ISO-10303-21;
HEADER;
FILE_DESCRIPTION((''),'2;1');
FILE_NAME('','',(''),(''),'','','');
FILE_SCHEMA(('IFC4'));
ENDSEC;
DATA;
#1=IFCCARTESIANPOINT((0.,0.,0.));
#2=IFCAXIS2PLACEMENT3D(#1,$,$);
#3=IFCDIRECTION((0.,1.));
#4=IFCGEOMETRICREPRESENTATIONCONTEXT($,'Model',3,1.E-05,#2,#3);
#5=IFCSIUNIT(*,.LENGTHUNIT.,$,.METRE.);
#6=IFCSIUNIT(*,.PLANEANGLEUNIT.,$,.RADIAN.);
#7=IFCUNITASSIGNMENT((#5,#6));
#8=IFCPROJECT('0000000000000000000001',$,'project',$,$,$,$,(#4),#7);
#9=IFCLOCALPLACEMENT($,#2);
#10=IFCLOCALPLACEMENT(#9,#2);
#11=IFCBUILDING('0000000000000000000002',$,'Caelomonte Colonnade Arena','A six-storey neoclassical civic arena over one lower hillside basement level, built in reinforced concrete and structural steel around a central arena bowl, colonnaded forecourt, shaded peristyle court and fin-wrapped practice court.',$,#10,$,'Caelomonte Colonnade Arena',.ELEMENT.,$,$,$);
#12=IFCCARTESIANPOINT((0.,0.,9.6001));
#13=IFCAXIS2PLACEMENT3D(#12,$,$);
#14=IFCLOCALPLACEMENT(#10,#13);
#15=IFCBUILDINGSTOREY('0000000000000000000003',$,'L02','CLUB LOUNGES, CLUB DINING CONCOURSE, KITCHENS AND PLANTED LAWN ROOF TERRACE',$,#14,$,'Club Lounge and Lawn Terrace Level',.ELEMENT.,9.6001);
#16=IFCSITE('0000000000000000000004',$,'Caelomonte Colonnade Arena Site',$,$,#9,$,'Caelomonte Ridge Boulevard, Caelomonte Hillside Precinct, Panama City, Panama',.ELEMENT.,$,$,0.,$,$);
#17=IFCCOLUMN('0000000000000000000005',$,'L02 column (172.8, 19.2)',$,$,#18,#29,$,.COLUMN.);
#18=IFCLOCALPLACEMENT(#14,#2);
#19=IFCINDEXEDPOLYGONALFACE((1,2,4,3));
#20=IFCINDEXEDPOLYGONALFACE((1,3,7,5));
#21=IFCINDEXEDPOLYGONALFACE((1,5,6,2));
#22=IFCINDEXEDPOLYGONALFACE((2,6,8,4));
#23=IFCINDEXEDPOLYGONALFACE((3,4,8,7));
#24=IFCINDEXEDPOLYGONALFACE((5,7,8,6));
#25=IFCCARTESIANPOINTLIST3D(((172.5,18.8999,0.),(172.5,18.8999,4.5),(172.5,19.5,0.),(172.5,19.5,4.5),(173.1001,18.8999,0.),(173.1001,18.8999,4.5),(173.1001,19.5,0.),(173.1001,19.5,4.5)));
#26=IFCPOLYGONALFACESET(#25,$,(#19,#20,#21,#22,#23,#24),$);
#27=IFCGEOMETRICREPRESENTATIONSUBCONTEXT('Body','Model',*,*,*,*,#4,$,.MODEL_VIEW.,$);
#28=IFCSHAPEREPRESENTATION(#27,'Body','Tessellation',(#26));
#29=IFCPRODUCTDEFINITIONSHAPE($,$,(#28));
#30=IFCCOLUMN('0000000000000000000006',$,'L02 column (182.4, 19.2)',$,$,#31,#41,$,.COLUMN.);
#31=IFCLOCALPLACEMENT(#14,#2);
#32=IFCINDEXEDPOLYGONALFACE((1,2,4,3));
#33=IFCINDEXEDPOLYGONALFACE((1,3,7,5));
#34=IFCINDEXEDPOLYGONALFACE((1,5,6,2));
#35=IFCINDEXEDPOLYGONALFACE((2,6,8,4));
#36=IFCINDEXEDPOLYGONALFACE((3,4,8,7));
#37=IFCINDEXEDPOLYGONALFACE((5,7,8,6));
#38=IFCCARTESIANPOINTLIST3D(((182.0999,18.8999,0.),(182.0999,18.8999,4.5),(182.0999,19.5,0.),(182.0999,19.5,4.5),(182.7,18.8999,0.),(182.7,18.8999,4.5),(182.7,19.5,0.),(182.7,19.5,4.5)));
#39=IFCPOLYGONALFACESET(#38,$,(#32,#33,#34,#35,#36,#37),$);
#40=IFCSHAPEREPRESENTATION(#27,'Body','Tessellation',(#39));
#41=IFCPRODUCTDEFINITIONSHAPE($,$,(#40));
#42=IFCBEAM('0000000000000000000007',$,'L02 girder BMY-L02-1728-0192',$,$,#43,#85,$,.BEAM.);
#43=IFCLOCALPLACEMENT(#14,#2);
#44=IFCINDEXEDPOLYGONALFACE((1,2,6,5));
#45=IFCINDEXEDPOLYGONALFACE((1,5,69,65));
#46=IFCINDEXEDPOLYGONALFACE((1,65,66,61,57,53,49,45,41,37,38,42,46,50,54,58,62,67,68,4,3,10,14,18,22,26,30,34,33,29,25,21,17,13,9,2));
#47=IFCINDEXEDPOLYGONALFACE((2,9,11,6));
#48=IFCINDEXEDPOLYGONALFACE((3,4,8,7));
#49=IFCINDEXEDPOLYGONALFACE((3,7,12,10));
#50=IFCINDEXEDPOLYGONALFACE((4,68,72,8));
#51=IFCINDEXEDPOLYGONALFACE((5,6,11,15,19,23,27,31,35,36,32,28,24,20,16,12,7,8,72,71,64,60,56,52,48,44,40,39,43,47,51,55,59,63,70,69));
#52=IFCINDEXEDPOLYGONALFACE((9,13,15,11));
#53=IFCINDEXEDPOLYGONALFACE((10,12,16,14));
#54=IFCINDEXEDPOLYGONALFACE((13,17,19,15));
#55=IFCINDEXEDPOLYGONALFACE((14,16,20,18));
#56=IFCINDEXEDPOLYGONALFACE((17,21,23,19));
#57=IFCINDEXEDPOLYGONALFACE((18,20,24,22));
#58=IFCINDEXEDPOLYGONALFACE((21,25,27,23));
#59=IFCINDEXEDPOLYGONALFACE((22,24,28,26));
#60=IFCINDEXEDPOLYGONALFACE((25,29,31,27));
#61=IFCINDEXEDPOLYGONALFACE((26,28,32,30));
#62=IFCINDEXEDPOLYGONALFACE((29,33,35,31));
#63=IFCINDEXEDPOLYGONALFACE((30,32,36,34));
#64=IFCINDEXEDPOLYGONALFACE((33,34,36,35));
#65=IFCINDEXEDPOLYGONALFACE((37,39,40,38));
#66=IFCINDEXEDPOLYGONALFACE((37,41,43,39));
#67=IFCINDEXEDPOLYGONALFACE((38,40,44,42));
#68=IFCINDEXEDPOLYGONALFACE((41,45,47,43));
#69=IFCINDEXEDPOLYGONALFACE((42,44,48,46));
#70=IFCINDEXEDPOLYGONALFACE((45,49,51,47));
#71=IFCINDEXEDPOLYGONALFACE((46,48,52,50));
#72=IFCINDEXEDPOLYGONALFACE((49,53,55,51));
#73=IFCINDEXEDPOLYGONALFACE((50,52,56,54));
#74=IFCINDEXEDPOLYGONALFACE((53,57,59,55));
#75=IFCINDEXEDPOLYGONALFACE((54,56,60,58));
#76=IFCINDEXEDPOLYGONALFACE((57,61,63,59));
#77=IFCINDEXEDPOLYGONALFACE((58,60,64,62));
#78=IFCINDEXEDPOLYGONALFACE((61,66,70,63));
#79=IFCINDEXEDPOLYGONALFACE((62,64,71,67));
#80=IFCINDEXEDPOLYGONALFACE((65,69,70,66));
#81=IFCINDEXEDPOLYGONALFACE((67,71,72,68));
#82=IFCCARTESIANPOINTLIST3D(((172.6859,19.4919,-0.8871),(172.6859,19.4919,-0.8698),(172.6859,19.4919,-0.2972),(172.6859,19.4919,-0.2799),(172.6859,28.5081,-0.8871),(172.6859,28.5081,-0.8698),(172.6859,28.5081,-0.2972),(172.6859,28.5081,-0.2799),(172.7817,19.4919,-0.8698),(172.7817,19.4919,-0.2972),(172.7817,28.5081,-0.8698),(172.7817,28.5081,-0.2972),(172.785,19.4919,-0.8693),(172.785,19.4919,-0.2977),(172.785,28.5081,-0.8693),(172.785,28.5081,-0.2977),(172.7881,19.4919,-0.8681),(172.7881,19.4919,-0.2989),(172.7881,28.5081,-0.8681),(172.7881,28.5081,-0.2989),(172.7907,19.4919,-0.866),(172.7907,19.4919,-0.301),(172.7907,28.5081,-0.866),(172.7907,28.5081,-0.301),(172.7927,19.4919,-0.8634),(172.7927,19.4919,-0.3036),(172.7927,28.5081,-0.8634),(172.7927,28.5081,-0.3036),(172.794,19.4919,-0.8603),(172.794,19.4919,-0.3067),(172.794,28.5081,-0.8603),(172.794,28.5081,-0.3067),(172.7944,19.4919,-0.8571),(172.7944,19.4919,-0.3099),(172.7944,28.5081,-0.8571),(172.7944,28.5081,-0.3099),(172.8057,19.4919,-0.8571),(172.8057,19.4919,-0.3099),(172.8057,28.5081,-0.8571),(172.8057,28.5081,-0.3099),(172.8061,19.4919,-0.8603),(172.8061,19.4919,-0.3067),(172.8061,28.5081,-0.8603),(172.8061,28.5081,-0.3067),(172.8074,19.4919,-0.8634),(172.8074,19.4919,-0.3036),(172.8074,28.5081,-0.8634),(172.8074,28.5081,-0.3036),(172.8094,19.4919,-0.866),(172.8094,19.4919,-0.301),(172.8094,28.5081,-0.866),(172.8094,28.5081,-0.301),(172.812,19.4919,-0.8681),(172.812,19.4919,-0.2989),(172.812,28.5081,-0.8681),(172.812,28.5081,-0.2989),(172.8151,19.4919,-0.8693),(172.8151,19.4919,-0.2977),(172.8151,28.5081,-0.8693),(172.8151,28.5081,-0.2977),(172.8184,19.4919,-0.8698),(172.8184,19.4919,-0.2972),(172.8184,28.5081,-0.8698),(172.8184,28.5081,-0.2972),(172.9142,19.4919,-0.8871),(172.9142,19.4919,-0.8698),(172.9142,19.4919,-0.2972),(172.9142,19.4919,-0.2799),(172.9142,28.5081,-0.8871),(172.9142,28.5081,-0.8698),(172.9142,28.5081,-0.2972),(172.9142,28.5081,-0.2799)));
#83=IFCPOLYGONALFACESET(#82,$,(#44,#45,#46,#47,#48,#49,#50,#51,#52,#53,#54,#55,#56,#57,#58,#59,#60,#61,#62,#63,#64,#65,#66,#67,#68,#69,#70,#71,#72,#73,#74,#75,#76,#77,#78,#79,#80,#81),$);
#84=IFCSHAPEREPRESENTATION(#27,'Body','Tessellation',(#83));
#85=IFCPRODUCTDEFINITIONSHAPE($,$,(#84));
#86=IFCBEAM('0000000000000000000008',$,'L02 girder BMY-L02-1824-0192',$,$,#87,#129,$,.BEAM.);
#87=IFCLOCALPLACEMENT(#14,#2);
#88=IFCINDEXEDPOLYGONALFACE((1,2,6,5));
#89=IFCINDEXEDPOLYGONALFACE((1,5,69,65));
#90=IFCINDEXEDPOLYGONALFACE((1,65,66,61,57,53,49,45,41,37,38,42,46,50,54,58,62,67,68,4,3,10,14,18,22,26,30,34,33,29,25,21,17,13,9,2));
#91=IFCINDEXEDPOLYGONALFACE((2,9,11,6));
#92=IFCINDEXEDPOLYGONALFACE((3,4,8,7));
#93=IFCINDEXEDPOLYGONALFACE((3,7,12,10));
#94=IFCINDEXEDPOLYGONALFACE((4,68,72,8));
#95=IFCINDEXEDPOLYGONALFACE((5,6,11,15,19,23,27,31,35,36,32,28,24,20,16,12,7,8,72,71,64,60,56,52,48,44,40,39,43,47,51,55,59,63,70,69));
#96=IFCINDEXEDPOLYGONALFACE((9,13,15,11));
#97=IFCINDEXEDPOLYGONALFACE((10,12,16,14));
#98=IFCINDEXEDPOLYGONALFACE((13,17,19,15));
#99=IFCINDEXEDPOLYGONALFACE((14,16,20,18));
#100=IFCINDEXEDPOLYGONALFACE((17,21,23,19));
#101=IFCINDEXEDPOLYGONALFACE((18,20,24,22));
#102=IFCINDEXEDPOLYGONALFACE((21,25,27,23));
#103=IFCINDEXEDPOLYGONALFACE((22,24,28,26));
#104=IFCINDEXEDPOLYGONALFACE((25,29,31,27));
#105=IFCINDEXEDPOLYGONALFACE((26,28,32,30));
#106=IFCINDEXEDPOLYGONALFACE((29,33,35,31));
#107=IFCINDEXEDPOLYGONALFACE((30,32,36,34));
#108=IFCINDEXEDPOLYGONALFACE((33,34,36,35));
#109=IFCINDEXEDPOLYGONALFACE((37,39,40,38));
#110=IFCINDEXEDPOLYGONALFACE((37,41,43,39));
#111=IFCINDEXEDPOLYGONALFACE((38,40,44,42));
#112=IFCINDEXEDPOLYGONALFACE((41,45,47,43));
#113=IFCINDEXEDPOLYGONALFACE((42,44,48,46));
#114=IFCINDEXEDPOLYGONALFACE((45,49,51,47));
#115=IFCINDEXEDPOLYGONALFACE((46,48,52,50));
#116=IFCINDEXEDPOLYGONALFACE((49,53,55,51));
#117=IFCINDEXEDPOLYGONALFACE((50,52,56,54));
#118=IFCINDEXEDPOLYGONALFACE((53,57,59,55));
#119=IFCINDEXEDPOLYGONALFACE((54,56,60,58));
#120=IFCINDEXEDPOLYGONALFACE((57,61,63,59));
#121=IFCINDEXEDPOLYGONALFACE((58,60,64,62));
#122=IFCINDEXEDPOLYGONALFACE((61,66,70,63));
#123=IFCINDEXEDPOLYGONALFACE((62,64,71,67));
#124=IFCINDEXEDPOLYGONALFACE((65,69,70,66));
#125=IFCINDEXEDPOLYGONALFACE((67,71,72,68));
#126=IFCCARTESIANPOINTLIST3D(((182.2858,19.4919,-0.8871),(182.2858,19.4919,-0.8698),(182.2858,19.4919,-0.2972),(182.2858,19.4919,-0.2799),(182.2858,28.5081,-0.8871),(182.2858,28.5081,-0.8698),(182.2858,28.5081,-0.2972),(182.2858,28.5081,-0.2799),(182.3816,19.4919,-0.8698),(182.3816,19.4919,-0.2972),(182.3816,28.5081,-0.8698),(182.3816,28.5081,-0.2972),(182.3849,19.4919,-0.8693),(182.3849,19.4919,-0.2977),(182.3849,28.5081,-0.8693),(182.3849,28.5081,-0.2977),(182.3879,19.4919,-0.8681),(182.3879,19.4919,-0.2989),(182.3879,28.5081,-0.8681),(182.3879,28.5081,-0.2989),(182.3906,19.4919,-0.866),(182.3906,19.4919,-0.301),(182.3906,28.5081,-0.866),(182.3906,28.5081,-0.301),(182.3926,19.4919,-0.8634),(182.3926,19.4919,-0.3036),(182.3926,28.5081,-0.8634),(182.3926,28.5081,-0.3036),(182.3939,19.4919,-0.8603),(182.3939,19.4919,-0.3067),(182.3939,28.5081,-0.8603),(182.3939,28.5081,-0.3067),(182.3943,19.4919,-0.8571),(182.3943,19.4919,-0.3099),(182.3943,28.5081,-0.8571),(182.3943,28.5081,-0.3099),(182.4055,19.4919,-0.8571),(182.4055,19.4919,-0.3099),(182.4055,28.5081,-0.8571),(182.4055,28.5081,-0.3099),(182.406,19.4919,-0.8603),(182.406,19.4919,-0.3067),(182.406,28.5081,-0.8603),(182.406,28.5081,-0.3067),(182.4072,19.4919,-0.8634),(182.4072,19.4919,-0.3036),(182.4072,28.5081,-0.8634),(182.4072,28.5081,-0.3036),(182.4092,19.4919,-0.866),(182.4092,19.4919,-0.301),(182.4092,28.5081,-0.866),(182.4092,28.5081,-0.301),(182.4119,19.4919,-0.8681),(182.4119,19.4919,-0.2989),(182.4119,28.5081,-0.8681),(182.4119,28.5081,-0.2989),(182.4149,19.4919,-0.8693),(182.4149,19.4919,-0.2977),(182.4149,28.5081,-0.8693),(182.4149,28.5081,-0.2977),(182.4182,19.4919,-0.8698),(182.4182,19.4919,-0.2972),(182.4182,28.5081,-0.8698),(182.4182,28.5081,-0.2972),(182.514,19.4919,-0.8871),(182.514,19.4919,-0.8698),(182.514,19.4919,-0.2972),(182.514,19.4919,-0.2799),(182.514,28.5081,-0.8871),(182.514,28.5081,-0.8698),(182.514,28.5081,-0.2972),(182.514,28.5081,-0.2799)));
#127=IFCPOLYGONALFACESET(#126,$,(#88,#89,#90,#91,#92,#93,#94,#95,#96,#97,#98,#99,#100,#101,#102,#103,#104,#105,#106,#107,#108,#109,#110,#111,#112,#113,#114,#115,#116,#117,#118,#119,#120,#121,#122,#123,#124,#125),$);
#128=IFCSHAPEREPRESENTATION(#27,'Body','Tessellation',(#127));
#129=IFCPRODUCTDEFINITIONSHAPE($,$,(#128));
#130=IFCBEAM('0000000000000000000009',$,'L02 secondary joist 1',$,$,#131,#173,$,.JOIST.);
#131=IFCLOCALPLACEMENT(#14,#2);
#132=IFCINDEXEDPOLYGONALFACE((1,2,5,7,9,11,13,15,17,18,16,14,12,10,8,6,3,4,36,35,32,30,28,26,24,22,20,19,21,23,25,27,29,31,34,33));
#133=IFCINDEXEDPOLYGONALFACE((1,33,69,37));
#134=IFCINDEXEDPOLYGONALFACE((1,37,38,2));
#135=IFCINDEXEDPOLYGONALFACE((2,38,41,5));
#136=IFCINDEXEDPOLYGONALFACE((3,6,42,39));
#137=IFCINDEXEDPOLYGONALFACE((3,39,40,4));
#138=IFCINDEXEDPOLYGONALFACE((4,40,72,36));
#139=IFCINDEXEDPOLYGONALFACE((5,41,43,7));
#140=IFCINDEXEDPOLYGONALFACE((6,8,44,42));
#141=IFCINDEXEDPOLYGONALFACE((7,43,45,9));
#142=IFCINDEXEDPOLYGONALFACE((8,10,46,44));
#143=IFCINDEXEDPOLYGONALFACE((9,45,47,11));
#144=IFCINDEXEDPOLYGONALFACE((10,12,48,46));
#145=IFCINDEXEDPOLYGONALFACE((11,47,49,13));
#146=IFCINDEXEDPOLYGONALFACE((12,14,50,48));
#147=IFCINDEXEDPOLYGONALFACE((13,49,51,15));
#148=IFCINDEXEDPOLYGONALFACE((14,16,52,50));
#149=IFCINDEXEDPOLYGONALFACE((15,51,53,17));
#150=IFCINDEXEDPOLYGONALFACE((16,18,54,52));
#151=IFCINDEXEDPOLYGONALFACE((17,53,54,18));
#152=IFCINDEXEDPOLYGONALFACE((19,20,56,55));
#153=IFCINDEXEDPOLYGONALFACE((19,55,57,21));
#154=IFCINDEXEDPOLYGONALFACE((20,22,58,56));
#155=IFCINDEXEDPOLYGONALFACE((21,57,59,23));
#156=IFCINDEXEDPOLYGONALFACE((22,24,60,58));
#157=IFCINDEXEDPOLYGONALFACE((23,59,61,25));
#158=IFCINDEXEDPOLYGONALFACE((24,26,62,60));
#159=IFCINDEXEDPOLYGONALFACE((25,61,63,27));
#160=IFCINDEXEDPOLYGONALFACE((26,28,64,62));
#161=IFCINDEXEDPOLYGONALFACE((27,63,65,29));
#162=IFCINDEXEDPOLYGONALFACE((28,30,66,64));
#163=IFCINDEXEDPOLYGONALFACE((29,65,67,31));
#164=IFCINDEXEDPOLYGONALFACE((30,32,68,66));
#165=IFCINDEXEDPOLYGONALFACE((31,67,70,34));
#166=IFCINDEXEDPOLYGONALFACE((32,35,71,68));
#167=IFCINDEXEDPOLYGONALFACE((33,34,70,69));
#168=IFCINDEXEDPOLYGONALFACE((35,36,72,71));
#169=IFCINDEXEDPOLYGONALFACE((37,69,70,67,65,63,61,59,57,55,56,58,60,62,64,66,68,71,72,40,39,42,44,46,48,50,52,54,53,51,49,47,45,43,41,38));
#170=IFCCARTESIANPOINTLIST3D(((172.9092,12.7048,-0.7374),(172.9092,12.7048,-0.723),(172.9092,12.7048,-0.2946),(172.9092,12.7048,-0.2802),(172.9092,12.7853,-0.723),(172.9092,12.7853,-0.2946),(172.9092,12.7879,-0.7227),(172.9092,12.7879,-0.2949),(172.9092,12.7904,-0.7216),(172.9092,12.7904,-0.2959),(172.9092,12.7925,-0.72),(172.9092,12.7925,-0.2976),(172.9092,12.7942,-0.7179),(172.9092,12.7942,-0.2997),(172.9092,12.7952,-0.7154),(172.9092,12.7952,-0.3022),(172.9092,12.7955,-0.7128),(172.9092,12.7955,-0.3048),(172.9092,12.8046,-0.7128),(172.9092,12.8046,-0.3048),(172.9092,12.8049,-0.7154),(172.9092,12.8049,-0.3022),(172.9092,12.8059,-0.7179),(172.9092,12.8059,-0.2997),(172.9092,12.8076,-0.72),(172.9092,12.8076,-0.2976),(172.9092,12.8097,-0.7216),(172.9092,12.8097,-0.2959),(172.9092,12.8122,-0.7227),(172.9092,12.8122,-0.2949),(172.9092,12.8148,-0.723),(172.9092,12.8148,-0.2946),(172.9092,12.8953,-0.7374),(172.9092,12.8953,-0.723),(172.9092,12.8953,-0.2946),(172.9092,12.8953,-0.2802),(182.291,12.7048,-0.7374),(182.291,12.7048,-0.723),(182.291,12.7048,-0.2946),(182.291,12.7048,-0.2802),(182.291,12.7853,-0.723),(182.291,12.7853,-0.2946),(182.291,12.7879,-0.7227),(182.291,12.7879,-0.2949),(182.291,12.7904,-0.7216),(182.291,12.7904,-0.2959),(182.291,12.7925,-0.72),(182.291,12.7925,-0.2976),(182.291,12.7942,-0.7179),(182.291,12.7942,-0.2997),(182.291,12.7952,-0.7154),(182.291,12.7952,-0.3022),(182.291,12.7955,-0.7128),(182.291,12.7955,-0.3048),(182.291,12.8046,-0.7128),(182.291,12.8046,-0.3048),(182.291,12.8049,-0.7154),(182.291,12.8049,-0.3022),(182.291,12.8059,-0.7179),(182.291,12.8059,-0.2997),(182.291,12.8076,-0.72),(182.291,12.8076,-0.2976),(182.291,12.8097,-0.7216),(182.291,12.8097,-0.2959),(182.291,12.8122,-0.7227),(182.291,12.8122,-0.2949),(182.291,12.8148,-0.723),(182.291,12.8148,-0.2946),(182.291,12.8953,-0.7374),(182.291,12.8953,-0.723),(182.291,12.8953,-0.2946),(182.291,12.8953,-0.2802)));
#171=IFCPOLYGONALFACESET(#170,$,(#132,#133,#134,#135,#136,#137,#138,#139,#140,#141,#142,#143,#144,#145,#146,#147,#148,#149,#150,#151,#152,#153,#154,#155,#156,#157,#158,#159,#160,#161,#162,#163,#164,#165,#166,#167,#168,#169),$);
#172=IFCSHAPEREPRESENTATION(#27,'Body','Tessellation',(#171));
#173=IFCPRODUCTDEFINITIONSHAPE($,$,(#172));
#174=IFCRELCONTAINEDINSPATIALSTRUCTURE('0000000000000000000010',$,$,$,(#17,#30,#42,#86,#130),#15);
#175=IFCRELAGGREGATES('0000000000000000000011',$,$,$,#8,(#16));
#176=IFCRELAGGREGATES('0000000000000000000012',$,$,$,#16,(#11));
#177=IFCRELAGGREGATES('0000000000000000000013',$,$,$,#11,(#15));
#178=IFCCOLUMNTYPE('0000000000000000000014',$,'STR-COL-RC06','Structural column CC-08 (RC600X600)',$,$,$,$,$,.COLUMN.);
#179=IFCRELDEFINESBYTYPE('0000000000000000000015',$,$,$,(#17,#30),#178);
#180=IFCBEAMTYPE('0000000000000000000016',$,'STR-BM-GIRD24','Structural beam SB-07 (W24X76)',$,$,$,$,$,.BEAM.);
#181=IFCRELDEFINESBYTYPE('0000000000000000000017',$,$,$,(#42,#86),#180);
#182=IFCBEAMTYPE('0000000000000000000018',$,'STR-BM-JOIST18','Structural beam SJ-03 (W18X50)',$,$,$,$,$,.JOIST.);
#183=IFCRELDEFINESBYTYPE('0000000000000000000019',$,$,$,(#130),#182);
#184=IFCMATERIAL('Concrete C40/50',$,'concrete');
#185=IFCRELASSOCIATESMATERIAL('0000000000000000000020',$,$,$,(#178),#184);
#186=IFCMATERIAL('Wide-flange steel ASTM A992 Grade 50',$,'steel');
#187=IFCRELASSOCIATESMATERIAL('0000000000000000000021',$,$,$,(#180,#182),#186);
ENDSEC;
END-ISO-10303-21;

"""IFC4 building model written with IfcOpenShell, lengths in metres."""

from ifc_helpers import new_model, si_unit, direction, frame, origin, origin_2d, place, context, subcontext, project, spatial, rectangle, i_section, extrude, material, material_profile, profile_set, type_object, element, save


model = new_model("IFC4")

# Units and contexts
model_context = context("Model", 3, precision=1e-05, world=origin(), true_north=direction((0.0, 1.0)))
body_context = subcontext(model_context, "Body", "Model", "MODEL_VIEW")
ifc_project = project(units=[si_unit("LENGTHUNIT", "METRE"), si_unit("PLANEANGLEUNIT", "RADIAN")], contexts=[model_context])

# Site, building, storey
site_placement = place(None, origin())
site = spatial("IfcSite", under=ifc_project, at=site_placement, Name="Caelomonte Colonnade Arena Site", LongName="Caelomonte Ridge Boulevard, Caelomonte Hillside Precinct, Panama City, Panama", CompositionType="ELEMENT", RefElevation=0.0)
building_placement = place(site_placement, origin())
building = spatial("IfcBuilding", under=site, at=building_placement, Name="Caelomonte Colonnade Arena", Description="A six-storey neoclassical civic arena over one lower hillside basement level, built in reinforced concrete and structural steel around a central arena bowl, colonnaded forecourt, shaded peristyle court and fin-wrapped practice court.", LongName="Caelomonte Colonnade Arena", CompositionType="ELEMENT")
storey_placement = place(building_placement, frame((0.0, 0.0, 9.6001)))
storey = spatial("IfcBuildingStorey", under=building, at=storey_placement, Name="L02", Description="CLUB LOUNGES, CLUB DINING CONCOURSE, KITCHENS AND PLANTED LAWN ROOF TERRACE", LongName="Club Lounge and Lawn Terrace Level", CompositionType="ELEMENT", Elevation=9.6001)

# Columns
ifc_material_1 = material(Name="Concrete C40/50", Category="concrete")
ifc_material_profile_1 = material_profile(ifc_material_1, rectangle(XDim=0.6001, YDim=0.6001, at=origin_2d()), Name="RC600X600")
ifc_profile_set_1 = profile_set([ifc_material_profile_1], Name="Concrete C40/50")
column_type = type_object("IfcColumnType", Name="STR-COL-RC06", Description="Structural column CC-08 (RC600X600)", PredefinedType="COLUMN", material=ifc_profile_set_1)
for number, where, z_axis, x_axis, name in (
    (1, (172.8, 19.2, 0.0), (0.0, 0.0, 1.0), (1.0, 0.0, 0.0), "L02 column (172.8, 19.2)"),
    (2, (182.3999, 19.2, 0.0), (0.0, 0.0, 1.0), (1.0, 0.0, 0.0), "L02 column (182.4, 19.2)"),
):
    element("IfcColumn", number, at=place(storey_placement, frame(where, z_axis=z_axis, x_axis=x_axis)), inside=storey, type_object=column_type, Name=name, PredefinedType="COLUMN", context=body_context, shape_type="SweptSolid", body=[
        extrude(rectangle(XDim=0.6001, YDim=0.6001, at=origin_2d()), origin(), (0.0, 0.0, 1.0), 4.5),
    ])

# Beams
ifc_material_2 = material(Name="Wide-flange steel ASTM A992 Grade 50", Category="steel")
ifc_material_profile_2 = material_profile(ifc_material_2, i_section(OverallWidth=0.2283, OverallDepth=0.6072, WebThickness=0.0112, FlangeThickness=0.0173, FilletRadius=0.0127, at=origin_2d()), Name="W24X76")
ifc_profile_set_2 = profile_set([ifc_material_profile_2], Name="Wide-flange steel ASTM A992 Grade 50")
beam_type_1 = type_object("IfcBeamType", Name="STR-BM-GIRD24", Description="Structural beam SB-07 (W24X76)", PredefinedType="BEAM", material=ifc_profile_set_2)
for number, where, z_axis, x_axis, name in (
    (3, (172.8, 19.4919, -0.5835), (0.0, 1.0, 0.0), (-1.0, 0.0, 0.0), "L02 girder BMY-L02-1728-0192"),
    (4, (182.3999, 19.4919, -0.5835), (0.0, 1.0, 0.0), (-1.0, 0.0, 0.0), "L02 girder BMY-L02-1824-0192"),
):
    element("IfcBeam", number, at=place(storey_placement, frame(where, z_axis=z_axis, x_axis=x_axis)), inside=storey, type_object=beam_type_1, Name=name, PredefinedType="BEAM", context=body_context, shape_type="SweptSolid", body=[
        extrude(i_section(OverallWidth=0.2283, OverallDepth=0.6072, WebThickness=0.0112, FlangeThickness=0.0173, FilletRadius=0.0127, at=origin_2d()), origin(), (0.0, 0.0, 1.0), 9.0161),
    ])
ifc_material_profile_3 = material_profile(ifc_material_2, i_section(OverallWidth=0.1904, OverallDepth=0.4573, WebThickness=0.009, FlangeThickness=0.0144, FilletRadius=0.0103, at=origin_2d()), Name="W18X50")
ifc_profile_set_3 = profile_set([ifc_material_profile_3], Name="Wide-flange steel ASTM A992 Grade 50")
beam_type_2 = type_object("IfcBeamType", Name="STR-BM-JOIST18", Description="Structural beam SJ-03 (W18X50)", PredefinedType="JOIST", material=ifc_profile_set_3)
for number, where, z_axis, x_axis, name in (
    (5, (172.9092, 12.8, -0.5088), (1.0, 0.0, 0.0), (0.0, 1.0, 0.0), "L02 secondary joist 1"),
):
    element("IfcBeam", number, at=place(storey_placement, frame(where, z_axis=z_axis, x_axis=x_axis)), inside=storey, type_object=beam_type_2, Name=name, PredefinedType="JOIST", context=body_context, shape_type="SweptSolid", body=[
        extrude(i_section(OverallWidth=0.1904, OverallDepth=0.4573, WebThickness=0.009, FlangeThickness=0.0144, FilletRadius=0.0103, at=origin_2d()), origin(), (0.0, 0.0, 1.0), 9.3818),
    ])

save(model, "model.ifc")
